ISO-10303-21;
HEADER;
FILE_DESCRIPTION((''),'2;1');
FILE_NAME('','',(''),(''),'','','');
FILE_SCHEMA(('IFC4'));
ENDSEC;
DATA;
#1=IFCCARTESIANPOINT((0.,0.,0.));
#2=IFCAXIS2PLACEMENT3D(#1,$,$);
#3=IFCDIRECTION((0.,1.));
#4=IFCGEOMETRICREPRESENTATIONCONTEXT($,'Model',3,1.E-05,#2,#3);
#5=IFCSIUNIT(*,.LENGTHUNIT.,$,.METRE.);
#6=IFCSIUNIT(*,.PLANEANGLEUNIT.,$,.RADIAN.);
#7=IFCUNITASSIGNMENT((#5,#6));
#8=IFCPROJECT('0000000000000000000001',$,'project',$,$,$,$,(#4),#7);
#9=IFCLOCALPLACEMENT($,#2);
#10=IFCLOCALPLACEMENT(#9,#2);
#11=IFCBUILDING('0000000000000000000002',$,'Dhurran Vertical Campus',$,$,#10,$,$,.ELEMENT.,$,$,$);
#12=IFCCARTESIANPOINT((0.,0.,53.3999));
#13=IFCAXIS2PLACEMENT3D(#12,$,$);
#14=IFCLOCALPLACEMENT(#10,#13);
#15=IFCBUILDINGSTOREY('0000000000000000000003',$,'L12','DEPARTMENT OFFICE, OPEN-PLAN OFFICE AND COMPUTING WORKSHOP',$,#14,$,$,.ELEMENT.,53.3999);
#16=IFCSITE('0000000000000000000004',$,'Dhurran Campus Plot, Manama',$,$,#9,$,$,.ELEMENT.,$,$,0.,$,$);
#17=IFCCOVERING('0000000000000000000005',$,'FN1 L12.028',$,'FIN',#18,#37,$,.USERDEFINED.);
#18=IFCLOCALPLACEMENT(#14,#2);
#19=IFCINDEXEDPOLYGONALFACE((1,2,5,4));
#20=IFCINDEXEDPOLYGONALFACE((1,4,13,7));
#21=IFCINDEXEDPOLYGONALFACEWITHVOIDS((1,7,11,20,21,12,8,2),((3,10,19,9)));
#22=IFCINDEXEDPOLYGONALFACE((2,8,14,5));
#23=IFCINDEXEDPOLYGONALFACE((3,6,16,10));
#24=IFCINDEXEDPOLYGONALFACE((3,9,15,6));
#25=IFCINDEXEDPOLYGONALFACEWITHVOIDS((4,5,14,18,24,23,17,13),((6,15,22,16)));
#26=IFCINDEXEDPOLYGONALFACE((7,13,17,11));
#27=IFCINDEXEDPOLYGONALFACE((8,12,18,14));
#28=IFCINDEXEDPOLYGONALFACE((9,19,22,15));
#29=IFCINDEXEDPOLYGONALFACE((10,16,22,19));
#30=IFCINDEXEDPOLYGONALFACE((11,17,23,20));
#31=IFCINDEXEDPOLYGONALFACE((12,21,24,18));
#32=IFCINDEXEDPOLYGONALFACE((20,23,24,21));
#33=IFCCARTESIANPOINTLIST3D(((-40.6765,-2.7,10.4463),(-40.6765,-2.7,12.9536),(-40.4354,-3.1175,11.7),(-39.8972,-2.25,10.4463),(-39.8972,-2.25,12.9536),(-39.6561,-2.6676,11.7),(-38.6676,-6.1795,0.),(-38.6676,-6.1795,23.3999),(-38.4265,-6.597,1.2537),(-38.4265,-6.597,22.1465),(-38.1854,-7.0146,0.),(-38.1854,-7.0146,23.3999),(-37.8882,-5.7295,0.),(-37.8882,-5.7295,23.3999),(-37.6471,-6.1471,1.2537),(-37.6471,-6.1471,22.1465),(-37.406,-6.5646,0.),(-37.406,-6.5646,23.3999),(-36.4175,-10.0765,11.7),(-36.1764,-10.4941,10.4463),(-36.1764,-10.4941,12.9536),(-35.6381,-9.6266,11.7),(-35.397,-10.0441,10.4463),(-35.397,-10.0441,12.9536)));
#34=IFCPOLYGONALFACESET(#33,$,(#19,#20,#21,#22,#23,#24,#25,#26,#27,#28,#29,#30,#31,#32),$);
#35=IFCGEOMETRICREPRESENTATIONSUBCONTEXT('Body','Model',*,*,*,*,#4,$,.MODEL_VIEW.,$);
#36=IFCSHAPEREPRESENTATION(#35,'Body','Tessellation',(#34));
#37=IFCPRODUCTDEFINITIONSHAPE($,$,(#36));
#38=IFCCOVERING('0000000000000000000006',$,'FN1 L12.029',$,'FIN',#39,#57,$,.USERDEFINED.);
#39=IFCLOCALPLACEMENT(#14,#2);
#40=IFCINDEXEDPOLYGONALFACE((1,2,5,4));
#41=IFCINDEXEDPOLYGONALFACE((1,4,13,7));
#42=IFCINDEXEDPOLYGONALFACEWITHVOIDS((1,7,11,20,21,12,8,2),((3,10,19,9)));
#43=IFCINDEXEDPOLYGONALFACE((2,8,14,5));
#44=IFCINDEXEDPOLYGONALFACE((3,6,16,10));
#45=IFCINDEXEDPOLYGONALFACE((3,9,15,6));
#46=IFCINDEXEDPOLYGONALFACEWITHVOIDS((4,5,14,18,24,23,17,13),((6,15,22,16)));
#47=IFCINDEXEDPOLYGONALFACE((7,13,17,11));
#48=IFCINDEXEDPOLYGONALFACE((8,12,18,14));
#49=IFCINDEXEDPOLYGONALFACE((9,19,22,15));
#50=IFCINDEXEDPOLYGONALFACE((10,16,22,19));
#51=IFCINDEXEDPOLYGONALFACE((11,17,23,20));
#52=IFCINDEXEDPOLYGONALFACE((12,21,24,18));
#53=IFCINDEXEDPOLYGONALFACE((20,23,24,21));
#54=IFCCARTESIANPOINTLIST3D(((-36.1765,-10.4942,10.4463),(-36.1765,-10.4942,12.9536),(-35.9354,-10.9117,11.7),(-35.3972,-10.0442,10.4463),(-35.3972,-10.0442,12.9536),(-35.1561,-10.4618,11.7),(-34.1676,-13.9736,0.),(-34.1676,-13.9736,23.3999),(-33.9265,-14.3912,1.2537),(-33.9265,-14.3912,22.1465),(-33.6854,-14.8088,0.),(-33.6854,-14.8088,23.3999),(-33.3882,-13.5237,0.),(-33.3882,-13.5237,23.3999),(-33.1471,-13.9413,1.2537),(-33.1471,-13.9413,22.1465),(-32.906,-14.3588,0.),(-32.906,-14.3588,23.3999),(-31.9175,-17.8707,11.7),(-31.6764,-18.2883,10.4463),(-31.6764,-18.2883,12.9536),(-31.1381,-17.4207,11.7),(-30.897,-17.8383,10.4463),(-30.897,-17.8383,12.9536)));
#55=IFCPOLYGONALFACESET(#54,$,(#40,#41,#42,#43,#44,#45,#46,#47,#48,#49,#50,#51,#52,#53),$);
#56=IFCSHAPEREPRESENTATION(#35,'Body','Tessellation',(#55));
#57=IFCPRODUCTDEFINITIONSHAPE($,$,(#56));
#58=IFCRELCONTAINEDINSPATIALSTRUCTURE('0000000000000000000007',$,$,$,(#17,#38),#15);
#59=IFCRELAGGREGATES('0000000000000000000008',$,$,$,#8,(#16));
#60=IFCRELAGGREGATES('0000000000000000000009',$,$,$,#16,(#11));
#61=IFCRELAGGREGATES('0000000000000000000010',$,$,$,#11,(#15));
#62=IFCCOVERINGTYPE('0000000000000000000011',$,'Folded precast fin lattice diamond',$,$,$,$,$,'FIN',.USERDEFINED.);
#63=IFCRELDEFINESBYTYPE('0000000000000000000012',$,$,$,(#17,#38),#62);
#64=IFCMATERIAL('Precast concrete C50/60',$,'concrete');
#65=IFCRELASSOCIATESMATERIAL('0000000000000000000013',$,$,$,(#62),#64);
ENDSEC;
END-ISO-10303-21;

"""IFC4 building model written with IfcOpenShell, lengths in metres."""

from ifc_helpers import new_model, si_unit, direction, frame, origin, place, context, subcontext, project, spatial, polyline, outline, extrude, material, type_object, element, save


model = new_model("IFC4")

# Units and contexts
model_context = context("Model", 3, precision=1e-05, world=origin(), true_north=direction((0.0, 1.0)))
body_context = subcontext(model_context, "Body", "Model", "MODEL_VIEW")
ifc_project = project(units=[si_unit("LENGTHUNIT", "METRE"), si_unit("PLANEANGLEUNIT", "RADIAN")], contexts=[model_context])

# Site, building, storey
site_placement = place(None, origin())
site = spatial("IfcSite", under=ifc_project, at=site_placement, Name="Dhurran Campus Plot, Manama", CompositionType="ELEMENT", RefElevation=0.0)
building_placement = place(site_placement, origin())
building = spatial("IfcBuilding", under=site, at=building_placement, Name="Dhurran Vertical Campus", CompositionType="ELEMENT")
storey_placement = place(building_placement, frame((0.0, 0.0, 53.3999)))
storey = spatial("IfcBuildingStorey", under=building, at=storey_placement, Name="L12", Description="DEPARTMENT OFFICE, OPEN-PLAN OFFICE AND COMPUTING WORKSHOP", CompositionType="ELEMENT", Elevation=53.3999)

# Coverings
ifc_material_1 = material(Name="Precast concrete C50/60", Category="concrete")
covering_type = type_object("IfcCoveringType", Name="Folded precast fin lattice diamond", ElementType="FIN", PredefinedType="USERDEFINED", material=ifc_material_1)
for number, where, z_axis, x_axis, name in (
    (1, (-39.8972, -2.25, 0.0), (-0.866014, -0.50002, 0.0), (0.50002, -0.866014, 0.0), "FN1 L12.028"),
    (2, (-35.3972, -10.0442, 0.0), (-0.866014, -0.50002, 0.0), (0.50002, -0.866014, 0.0), "FN1 L12.029"),
):
    element("IfcCovering", number, at=place(storey_placement, frame(where, z_axis=z_axis, x_axis=x_axis)), inside=storey, type_object=covering_type, Name=name, ObjectType="FIN", PredefinedType="USERDEFINED", context=body_context, shape_type="SweptSolid", body=[
        extrude(outline(polyline([(9.0, 12.9536), (9.0, 10.4463), (4.9822, 0.0), (4.0178, 0.0), (0.0, 10.4463), (0.0, 12.9536), (4.0178, 23.3999), (4.9822, 23.3999), (9.0, 12.9536)]), holes=[polyline([(8.5178, 11.7), (4.5, 22.1465), (0.4822, 11.7), (4.5, 1.2537), (8.5178, 11.7)])]), origin(), (0.0, 0.0, 1.0), 0.8999),
    ])

save(model, "model.ifc")
